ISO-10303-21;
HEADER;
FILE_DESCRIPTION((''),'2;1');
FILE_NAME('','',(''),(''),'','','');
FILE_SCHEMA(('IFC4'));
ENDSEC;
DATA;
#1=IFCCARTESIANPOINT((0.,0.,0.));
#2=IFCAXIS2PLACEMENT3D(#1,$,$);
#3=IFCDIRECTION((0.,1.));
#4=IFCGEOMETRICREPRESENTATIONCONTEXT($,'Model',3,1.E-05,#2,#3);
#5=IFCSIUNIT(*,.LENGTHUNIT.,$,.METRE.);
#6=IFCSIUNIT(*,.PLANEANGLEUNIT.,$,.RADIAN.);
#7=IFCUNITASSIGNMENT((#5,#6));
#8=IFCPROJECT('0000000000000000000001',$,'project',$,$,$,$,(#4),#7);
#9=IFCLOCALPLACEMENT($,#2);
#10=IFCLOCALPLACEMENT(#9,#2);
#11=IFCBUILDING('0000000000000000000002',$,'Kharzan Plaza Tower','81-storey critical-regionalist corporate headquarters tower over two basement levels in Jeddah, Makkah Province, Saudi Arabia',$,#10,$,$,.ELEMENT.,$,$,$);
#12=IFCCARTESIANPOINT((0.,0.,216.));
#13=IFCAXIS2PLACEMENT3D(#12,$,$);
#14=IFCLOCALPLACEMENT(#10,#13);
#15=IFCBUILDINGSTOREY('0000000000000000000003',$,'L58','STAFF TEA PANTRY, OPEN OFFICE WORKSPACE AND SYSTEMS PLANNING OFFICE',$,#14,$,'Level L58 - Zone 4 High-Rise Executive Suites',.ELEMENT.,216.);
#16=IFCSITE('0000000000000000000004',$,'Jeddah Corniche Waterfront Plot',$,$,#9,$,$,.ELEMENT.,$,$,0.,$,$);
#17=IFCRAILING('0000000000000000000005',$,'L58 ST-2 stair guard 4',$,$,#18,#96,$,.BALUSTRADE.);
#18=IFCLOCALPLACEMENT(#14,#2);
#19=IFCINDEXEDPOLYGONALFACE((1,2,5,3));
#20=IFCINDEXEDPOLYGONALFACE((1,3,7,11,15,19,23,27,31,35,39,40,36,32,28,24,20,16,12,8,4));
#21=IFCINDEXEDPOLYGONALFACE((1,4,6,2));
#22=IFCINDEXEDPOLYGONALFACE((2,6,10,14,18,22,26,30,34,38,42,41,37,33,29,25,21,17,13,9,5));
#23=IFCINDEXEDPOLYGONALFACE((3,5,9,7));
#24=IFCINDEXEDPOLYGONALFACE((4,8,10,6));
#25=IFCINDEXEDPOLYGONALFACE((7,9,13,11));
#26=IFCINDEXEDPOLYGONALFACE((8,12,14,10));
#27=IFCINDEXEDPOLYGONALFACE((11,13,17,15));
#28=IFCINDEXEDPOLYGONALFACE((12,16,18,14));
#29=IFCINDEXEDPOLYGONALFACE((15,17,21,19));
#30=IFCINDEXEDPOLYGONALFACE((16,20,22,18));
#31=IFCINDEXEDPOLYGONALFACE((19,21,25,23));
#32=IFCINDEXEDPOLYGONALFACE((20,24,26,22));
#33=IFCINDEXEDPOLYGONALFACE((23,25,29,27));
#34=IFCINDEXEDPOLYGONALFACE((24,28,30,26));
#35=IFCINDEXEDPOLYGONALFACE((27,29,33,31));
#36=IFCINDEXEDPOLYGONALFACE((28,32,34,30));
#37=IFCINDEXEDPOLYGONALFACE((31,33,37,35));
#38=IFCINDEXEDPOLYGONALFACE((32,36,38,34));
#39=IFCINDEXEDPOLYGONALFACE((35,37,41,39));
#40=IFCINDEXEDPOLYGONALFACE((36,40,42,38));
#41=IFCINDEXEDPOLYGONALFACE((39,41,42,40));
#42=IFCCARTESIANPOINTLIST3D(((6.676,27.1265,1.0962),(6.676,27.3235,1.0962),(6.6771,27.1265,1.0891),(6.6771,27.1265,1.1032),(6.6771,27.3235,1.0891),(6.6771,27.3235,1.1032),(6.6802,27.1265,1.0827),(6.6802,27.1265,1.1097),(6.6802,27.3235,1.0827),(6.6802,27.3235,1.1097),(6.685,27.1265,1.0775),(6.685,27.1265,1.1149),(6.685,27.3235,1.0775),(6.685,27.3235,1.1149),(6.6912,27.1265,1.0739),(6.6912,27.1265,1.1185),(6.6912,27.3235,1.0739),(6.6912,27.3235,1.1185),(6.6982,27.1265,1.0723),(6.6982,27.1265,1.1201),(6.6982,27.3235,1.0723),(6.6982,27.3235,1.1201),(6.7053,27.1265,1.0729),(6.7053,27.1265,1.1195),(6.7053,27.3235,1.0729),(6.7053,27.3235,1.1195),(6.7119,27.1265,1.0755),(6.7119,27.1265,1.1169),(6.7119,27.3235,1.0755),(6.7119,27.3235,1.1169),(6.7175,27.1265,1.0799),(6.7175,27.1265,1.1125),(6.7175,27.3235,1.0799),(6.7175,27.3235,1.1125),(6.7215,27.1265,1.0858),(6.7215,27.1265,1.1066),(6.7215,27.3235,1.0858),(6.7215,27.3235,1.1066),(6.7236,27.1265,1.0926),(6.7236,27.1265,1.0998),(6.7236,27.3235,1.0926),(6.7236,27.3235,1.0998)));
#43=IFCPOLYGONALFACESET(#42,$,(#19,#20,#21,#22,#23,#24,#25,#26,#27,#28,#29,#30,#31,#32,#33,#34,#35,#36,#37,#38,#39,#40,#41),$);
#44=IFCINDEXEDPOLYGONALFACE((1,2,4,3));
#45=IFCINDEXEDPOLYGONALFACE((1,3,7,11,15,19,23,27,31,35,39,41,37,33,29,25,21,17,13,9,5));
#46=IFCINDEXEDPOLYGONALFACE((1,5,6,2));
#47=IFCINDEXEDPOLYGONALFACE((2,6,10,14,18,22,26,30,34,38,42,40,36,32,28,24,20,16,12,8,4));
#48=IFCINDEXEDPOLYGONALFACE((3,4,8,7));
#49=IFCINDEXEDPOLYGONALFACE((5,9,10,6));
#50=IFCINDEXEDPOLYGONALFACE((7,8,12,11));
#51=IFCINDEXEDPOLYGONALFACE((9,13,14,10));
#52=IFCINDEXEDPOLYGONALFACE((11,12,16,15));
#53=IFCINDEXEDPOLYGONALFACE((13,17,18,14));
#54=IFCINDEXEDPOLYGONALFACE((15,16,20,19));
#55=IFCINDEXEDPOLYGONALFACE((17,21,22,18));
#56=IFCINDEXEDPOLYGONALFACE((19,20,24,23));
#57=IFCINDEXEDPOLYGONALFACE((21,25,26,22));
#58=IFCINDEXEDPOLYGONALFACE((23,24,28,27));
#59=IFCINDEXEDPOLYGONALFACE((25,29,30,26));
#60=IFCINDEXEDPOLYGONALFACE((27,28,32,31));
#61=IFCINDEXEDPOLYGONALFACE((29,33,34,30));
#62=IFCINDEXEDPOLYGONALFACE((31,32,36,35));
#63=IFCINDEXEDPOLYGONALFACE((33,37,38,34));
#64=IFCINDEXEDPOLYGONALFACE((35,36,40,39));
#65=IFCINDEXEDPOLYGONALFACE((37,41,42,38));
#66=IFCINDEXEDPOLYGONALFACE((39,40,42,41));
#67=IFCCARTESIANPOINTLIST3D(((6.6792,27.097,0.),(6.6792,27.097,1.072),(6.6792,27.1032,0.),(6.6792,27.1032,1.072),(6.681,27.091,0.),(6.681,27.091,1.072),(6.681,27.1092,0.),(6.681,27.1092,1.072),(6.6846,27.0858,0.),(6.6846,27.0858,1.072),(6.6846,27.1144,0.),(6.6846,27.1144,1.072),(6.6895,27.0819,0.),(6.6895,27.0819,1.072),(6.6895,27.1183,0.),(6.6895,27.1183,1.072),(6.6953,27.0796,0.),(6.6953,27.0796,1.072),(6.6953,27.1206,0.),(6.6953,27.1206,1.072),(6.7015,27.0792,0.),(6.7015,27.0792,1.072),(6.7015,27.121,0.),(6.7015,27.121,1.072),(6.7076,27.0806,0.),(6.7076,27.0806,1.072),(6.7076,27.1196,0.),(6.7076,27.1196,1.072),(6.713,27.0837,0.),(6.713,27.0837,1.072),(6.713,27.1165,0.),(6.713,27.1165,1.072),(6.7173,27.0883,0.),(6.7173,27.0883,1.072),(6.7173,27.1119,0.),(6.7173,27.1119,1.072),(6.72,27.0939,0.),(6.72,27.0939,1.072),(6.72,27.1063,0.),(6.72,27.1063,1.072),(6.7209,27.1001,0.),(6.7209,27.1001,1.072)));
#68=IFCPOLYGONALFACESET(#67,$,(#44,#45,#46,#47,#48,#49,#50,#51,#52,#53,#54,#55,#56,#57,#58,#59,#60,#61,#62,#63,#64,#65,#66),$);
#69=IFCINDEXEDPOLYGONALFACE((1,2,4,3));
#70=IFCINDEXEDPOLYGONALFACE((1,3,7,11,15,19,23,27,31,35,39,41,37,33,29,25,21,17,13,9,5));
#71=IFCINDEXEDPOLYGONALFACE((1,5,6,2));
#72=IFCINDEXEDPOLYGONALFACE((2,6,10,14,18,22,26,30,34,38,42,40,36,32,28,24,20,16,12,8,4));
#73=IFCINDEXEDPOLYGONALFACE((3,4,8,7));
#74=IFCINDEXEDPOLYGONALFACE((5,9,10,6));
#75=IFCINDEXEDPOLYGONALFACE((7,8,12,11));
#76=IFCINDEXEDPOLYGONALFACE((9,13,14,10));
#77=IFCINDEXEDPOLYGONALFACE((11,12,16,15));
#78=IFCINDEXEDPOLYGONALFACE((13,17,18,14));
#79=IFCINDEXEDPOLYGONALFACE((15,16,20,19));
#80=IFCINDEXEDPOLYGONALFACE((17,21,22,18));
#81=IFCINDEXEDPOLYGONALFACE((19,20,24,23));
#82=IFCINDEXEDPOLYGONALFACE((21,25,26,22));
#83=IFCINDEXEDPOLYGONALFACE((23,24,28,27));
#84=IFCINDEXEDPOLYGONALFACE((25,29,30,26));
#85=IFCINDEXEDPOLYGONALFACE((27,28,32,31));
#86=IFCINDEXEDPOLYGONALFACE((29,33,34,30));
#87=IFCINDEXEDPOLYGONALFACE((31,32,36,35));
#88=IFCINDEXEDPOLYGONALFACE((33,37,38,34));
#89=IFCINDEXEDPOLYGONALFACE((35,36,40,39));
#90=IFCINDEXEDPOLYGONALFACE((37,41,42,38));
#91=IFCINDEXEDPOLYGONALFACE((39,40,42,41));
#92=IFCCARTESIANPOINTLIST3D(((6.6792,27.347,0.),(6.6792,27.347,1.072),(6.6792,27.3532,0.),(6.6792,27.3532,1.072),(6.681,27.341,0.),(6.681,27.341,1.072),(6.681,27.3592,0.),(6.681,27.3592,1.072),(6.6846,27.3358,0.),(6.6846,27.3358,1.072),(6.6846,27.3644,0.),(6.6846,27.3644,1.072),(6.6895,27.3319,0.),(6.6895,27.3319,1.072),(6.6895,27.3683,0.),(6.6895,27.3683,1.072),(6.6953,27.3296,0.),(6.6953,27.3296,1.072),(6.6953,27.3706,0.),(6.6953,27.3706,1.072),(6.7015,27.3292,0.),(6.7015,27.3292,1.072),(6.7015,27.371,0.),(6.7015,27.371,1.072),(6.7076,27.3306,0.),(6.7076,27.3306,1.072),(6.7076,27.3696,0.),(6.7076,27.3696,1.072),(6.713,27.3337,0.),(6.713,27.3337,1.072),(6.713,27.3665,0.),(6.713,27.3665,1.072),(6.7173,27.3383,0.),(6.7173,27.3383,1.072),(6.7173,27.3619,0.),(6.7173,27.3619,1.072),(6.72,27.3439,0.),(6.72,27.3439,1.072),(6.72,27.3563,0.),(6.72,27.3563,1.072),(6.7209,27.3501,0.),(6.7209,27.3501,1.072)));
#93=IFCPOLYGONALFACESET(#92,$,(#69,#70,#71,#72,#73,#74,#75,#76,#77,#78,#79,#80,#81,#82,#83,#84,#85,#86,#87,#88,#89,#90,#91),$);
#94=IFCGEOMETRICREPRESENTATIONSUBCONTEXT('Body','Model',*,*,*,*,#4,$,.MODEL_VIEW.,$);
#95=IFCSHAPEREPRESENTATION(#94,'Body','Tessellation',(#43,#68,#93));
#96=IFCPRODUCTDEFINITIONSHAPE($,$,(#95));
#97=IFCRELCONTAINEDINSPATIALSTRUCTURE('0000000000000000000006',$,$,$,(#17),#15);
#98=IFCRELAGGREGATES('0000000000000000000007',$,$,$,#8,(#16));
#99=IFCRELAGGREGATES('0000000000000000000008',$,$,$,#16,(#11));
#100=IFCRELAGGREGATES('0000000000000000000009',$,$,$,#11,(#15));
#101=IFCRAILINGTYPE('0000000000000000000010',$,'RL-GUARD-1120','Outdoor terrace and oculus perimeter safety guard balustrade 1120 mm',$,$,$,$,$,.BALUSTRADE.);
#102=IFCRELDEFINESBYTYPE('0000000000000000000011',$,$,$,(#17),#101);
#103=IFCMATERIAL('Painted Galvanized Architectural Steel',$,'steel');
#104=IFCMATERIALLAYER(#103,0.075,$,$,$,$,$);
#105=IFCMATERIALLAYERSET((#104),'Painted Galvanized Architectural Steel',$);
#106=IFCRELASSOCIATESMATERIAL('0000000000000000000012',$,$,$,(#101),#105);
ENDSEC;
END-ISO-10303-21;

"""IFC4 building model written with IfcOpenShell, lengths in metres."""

from ifc_helpers import new_model, si_unit, direction, frame, origin, origin_2d, place, context, subcontext, project, spatial, circle, extrude, source, transform, mapped, material, layer, layer_set, type_object, element, save


model = new_model("IFC4")

# Units and contexts
model_context = context("Model", 3, precision=1e-05, world=origin(), true_north=direction((0.0, 1.0)))
body_context = subcontext(model_context, "Body", "Model", "MODEL_VIEW")
ifc_project = project(units=[si_unit("LENGTHUNIT", "METRE"), si_unit("PLANEANGLEUNIT", "RADIAN")], contexts=[model_context])

# Site, building, storey
site_placement = place(None, origin())
site = spatial("IfcSite", under=ifc_project, at=site_placement, Name="Jeddah Corniche Waterfront Plot", CompositionType="ELEMENT", RefElevation=0.0)
building_placement = place(site_placement, origin())
building = spatial("IfcBuilding", under=site, at=building_placement, Name="Kharzan Plaza Tower", Description="81-storey critical-regionalist corporate headquarters tower over two basement levels in Jeddah, Makkah Province, Saudi Arabia", CompositionType="ELEMENT")
storey_placement = place(building_placement, frame((0.0, 0.0, 216.0)))
storey = spatial("IfcBuildingStorey", under=building, at=storey_placement, Name="L58", Description="STAFF TEA PANTRY, OPEN OFFICE WORKSPACE AND SYSTEMS PLANNING OFFICE", LongName="Level L58 - Zone 4 High-Rise Executive Suites", CompositionType="ELEMENT", Elevation=216.0)

# Railing
ifc_material_1 = material(Name="Painted Galvanized Architectural Steel", Category="steel")
ifc_layer_1 = layer(ifc_material_1, 0.075)
ifc_layer_set_1 = layer_set([ifc_layer_1], Name="Painted Galvanized Architectural Steel")
railing_type_1 = type_object("IfcRailingType", Name="RL-GUARD-1120", Description="Outdoor terrace and oculus perimeter safety guard balustrade 1120 mm", PredefinedType="BALUSTRADE", material=ifc_layer_set_1)
shared_shape_1 = source(origin(), body_context, "Body", "SweptSolid", [
    extrude(circle(Radius=0.0239, at=origin_2d()), frame((0.0, 0.0264, 1.0962), z_axis=(0.0, 1.0, 0.0), x_axis=(-1.0, 0.0, 0.0)), (0.0, 0.0, 1.0), 0.197),
    extrude(circle(Radius=0.021, at=origin_2d()), origin(), (0.0, 0.0, 1.0), 1.072),
    extrude(circle(Radius=0.021, at=origin_2d()), frame((0.0, 0.25, 0.0)), (0.0, 0.0, 1.0), 1.072),
])
for number, where, name in (
    (1, (6.7, 27.1001, 0.0), "L58 ST-2 stair guard 4"),
):
    element("IfcRailing", number, at=place(storey_placement, frame(where)), inside=storey, type_object=railing_type_1, Name=name, PredefinedType="BALUSTRADE", context=body_context, shape_type="MappedRepresentation", body=[
        mapped(shared_shape_1, transform((0.0, 0.0, 0.0), x_axis=(1.0, 0.0, 0.0), y_axis=(0.0, 1.0, 0.0), z_axis=(0.0, 0.0, 1.0))),
    ])

save(model, "model.ifc")
